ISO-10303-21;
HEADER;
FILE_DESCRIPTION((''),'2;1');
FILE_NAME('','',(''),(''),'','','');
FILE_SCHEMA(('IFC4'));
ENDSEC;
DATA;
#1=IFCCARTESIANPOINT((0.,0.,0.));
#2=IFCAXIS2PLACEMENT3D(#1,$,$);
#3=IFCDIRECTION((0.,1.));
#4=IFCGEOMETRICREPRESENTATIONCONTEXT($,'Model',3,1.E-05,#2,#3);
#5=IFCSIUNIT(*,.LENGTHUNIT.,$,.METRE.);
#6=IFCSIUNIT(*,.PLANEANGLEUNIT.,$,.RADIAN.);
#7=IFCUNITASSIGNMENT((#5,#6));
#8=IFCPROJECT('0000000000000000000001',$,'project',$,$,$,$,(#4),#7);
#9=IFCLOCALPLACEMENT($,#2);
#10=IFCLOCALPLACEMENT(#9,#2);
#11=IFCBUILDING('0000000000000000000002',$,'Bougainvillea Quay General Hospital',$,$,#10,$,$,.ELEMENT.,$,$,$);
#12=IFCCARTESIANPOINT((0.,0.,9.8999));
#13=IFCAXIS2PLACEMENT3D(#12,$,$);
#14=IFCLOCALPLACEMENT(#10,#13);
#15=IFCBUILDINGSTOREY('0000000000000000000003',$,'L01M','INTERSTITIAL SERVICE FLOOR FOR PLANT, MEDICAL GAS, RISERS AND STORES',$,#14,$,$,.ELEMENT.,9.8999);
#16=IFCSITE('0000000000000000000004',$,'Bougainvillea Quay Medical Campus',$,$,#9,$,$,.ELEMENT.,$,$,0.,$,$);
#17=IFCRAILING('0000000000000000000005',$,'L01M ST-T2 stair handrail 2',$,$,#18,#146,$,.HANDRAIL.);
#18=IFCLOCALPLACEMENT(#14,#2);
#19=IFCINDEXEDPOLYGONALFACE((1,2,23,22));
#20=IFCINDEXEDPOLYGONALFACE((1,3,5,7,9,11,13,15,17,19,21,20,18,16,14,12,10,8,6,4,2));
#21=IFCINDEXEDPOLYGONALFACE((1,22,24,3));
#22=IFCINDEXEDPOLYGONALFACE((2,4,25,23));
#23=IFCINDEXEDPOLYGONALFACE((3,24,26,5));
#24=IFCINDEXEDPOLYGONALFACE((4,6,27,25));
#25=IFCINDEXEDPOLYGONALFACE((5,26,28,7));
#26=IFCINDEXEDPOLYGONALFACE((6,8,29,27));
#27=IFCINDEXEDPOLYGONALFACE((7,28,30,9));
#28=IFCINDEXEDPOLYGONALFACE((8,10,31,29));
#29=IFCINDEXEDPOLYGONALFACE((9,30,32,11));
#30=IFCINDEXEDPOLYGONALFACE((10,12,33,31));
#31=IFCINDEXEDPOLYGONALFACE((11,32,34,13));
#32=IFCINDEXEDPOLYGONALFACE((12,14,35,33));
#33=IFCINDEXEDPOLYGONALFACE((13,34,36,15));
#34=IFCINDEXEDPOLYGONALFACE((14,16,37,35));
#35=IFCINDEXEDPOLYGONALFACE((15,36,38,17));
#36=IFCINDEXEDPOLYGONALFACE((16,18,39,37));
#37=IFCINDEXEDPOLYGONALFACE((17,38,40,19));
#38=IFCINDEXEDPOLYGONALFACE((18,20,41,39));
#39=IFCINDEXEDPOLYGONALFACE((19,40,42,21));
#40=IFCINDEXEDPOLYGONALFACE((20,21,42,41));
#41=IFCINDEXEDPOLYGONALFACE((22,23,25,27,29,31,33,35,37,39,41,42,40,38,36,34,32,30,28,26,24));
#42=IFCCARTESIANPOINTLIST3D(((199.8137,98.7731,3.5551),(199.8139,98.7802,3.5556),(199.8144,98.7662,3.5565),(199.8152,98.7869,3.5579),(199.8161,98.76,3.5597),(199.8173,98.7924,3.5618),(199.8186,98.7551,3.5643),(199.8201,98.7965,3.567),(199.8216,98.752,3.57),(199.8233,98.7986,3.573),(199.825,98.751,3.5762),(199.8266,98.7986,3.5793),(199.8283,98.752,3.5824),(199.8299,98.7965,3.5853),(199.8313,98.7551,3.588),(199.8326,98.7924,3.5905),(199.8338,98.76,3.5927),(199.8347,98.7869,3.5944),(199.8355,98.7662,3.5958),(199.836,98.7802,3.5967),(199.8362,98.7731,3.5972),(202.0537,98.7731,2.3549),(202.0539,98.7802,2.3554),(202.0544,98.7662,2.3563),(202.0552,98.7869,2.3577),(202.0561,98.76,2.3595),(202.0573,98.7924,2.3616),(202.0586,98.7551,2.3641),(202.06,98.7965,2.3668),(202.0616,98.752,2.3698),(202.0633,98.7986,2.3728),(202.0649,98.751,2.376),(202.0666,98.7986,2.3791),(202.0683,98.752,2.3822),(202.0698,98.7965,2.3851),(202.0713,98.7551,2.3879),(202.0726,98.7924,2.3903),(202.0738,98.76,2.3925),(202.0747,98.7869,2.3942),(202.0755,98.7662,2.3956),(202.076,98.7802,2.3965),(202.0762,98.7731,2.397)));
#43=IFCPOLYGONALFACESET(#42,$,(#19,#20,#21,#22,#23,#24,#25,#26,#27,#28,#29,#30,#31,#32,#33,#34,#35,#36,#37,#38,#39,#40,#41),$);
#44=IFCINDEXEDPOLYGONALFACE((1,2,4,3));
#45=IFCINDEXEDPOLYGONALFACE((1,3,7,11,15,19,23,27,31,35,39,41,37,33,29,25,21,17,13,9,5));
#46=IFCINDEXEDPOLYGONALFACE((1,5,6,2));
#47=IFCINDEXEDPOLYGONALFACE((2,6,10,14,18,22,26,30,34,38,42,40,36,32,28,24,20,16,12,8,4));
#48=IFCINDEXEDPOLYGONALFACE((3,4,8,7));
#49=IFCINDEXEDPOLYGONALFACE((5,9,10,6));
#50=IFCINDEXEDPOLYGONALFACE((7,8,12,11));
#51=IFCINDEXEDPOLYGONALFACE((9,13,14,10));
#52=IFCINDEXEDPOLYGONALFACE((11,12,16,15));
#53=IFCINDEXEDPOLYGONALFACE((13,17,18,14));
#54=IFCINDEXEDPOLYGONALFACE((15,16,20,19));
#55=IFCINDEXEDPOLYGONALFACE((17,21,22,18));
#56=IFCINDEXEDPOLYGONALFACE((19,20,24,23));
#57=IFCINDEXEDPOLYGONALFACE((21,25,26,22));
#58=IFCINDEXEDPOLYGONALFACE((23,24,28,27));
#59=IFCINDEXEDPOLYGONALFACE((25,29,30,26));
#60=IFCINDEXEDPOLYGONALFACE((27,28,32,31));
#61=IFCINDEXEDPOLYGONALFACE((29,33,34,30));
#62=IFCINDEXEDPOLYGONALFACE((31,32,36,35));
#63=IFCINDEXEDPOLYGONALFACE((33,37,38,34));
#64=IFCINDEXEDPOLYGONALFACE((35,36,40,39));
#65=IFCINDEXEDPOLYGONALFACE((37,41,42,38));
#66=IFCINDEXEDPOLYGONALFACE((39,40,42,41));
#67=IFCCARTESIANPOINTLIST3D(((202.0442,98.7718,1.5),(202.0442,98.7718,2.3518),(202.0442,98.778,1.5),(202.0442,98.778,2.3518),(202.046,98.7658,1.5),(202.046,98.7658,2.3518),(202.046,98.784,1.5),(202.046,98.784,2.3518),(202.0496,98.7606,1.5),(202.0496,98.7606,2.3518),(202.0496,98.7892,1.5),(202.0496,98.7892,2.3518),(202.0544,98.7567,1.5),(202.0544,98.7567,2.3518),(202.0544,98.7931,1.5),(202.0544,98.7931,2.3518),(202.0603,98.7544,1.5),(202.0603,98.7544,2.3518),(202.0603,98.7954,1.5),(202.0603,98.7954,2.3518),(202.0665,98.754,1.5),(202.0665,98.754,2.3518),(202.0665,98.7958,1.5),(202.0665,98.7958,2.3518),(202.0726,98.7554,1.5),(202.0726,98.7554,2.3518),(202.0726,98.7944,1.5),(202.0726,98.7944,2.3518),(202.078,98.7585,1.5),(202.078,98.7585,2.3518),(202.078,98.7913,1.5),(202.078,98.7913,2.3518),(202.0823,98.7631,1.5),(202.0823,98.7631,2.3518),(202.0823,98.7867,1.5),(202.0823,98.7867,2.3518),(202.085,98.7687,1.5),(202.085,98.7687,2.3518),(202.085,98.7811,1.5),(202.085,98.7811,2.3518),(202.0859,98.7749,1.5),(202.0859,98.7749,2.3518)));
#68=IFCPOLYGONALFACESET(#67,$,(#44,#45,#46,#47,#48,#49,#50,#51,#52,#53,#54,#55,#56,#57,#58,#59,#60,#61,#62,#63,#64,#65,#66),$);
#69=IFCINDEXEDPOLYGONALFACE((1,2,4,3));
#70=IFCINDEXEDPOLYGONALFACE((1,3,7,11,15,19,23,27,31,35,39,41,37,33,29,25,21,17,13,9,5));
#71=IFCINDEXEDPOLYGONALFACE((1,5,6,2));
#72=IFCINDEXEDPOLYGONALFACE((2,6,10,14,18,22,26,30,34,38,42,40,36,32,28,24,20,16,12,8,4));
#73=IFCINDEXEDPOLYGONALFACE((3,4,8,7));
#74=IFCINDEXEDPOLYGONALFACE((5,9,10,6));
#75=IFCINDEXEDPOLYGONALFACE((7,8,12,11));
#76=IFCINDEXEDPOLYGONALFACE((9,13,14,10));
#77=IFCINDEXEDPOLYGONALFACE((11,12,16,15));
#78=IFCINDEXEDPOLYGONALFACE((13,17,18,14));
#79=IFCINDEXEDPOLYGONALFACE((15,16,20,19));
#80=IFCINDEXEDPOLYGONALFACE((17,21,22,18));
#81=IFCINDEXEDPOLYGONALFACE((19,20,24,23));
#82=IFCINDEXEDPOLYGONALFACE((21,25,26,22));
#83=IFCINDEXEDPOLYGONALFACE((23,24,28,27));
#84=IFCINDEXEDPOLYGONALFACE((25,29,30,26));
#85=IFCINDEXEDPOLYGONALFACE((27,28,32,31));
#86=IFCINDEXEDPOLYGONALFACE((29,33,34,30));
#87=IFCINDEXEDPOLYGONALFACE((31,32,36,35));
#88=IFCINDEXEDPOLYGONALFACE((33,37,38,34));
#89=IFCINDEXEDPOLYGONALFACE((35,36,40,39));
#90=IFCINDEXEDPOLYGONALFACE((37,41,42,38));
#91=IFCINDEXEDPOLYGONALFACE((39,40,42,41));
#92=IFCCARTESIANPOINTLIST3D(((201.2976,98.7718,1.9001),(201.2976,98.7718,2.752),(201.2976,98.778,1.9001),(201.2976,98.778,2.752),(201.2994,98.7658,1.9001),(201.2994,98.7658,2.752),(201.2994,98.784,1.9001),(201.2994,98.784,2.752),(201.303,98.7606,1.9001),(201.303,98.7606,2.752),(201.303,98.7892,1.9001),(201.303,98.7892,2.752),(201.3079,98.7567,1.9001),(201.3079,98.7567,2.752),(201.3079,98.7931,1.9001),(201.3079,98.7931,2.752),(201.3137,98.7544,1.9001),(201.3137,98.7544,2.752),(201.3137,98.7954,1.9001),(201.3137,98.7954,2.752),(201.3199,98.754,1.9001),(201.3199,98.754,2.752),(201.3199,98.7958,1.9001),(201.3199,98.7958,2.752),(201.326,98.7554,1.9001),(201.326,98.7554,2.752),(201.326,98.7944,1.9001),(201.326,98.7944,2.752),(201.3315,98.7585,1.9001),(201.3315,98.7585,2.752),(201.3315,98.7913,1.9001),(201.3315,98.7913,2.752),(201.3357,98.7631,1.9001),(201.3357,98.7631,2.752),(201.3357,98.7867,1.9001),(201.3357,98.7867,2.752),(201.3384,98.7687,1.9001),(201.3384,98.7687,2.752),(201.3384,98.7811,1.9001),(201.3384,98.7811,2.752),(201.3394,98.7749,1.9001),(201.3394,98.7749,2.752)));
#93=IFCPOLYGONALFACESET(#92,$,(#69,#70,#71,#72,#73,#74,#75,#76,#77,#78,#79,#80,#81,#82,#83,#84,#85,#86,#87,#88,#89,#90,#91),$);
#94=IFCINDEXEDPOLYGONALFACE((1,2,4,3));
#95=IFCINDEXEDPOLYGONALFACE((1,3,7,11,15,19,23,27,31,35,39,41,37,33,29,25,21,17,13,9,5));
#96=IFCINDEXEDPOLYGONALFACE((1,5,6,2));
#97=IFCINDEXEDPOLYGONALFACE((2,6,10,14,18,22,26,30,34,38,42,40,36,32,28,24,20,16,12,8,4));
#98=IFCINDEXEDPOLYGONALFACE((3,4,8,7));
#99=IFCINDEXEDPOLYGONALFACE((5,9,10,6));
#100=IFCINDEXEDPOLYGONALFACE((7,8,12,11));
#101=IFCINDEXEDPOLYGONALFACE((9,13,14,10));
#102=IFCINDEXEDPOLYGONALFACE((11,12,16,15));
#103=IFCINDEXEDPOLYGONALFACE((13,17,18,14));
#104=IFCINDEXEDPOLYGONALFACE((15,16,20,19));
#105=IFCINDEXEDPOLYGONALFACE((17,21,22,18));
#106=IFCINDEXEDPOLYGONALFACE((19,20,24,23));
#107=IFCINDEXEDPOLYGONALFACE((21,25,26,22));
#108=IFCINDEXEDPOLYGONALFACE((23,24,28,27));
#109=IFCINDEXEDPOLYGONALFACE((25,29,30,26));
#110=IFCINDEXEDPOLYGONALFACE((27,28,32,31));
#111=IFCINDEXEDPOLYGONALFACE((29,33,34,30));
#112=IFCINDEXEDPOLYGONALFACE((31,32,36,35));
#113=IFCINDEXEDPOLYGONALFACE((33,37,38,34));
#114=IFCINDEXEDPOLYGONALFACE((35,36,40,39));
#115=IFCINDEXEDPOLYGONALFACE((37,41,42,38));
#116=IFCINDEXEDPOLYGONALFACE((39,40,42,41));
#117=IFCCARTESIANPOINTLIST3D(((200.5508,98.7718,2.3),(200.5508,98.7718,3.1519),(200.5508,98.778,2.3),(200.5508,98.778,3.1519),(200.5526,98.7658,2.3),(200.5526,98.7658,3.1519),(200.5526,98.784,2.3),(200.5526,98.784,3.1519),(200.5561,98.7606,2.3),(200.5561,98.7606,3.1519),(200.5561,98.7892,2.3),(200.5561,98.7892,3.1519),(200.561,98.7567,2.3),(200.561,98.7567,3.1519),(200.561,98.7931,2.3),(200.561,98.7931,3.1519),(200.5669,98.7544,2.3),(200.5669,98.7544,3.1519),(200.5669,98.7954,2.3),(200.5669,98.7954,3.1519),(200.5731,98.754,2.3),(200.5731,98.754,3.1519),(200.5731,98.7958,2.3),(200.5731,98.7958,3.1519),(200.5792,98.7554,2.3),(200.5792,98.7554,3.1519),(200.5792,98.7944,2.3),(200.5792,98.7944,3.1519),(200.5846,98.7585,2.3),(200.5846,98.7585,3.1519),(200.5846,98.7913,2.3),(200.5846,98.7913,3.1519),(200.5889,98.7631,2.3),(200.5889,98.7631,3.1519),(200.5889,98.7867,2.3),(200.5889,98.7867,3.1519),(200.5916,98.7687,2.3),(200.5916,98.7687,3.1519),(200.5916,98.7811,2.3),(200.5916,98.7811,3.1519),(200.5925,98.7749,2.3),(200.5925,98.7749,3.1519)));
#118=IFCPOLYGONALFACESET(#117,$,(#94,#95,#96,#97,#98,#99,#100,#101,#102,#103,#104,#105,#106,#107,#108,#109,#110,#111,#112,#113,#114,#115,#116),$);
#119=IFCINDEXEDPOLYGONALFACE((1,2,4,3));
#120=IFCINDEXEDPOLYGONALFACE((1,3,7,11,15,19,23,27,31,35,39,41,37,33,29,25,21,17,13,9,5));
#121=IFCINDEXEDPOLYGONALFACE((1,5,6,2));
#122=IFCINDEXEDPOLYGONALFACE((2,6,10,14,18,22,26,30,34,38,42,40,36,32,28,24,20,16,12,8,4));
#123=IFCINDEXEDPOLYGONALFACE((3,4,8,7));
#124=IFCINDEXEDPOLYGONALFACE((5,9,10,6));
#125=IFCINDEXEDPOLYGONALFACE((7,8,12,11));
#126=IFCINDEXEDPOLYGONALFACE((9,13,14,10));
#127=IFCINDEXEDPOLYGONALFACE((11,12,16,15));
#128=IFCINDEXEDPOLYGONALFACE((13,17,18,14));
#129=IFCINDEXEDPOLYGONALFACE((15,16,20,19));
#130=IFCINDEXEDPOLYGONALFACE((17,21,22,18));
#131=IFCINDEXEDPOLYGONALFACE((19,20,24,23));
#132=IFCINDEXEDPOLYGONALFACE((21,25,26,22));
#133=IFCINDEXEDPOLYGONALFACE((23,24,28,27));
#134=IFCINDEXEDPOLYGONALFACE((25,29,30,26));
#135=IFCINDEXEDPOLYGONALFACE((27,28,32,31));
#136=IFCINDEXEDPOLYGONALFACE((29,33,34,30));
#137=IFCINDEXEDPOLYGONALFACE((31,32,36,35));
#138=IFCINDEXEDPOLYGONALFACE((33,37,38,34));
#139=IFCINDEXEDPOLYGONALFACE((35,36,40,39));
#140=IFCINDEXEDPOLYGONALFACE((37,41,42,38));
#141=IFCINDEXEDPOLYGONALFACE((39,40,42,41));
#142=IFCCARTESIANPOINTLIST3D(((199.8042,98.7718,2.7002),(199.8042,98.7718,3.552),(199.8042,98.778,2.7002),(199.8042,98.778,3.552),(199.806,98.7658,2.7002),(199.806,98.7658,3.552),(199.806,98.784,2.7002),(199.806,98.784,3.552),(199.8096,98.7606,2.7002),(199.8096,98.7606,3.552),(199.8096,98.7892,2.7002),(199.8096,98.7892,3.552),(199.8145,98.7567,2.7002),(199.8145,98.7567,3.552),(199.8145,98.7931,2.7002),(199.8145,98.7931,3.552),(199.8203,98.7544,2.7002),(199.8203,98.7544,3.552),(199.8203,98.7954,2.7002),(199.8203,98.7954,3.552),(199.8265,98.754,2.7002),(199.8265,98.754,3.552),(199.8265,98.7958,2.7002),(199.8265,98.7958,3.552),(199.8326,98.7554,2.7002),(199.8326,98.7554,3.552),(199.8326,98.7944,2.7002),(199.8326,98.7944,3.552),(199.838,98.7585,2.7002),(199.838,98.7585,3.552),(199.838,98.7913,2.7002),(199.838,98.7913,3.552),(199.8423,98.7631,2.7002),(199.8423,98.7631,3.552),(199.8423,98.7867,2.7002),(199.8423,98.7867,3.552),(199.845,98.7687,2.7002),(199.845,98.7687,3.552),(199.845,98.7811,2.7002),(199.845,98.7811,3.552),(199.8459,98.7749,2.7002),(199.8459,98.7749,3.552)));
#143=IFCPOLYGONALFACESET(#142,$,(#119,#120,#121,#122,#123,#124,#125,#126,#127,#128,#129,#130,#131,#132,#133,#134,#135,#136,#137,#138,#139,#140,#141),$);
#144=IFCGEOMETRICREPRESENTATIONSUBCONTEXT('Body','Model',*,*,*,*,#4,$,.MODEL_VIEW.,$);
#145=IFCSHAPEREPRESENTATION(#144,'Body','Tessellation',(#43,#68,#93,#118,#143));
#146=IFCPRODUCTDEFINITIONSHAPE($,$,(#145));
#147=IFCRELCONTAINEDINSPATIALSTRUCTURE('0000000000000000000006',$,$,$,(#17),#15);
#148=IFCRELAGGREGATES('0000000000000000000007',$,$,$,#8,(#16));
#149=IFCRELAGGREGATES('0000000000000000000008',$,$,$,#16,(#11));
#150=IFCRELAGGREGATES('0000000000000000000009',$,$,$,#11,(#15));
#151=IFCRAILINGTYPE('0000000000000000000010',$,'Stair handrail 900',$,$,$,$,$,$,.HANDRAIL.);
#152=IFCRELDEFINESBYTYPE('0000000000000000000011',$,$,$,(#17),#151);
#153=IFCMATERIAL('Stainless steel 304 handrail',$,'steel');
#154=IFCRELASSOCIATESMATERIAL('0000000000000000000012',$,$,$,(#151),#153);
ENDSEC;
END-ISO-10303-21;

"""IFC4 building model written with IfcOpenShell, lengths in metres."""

from ifc_helpers import new_model, si_unit, direction, frame, origin, origin_2d, place, context, subcontext, project, spatial, circle, extrude, material, type_object, element, save


model = new_model("IFC4")

# Units and contexts
model_context = context("Model", 3, precision=1e-05, world=origin(), true_north=direction((0.0, 1.0)))
body_context = subcontext(model_context, "Body", "Model", "MODEL_VIEW")
ifc_project = project(units=[si_unit("LENGTHUNIT", "METRE"), si_unit("PLANEANGLEUNIT", "RADIAN")], contexts=[model_context])

# Site, building, storey
site_placement = place(None, origin())
site = spatial("IfcSite", under=ifc_project, at=site_placement, Name="Bougainvillea Quay Medical Campus", CompositionType="ELEMENT", RefElevation=0.0)
building_placement = place(site_placement, origin())
building = spatial("IfcBuilding", under=site, at=building_placement, Name="Bougainvillea Quay General Hospital", CompositionType="ELEMENT")
storey_placement = place(building_placement, frame((0.0, 0.0, 9.8999)))
storey = spatial("IfcBuildingStorey", under=building, at=storey_placement, Name="L01M", Description="INTERSTITIAL SERVICE FLOOR FOR PLANT, MEDICAL GAS, RISERS AND STORES", CompositionType="ELEMENT", Elevation=9.8999)

# Railing
ifc_material_1 = material(Name="Stainless steel 304 handrail", Category="steel")
railing_type_1 = type_object("IfcRailingType", Name="Stair handrail 900", PredefinedType="HANDRAIL", material=ifc_material_1)
railing_1_placement = place(storey_placement, frame((202.0649, 98.7749, 1.5)))
element("IfcRailing", 1, at=railing_1_placement, inside=storey, type_object=railing_type_1, Name="L01M ST-T2 stair handrail 2", PredefinedType="HANDRAIL", context=body_context, shape_type="SweptSolid", body=[
    extrude(circle(Radius=0.0239, at=origin_2d()), frame((0.0, 0.0, 0.876), z_axis=(-0.881447, 0.0, 0.472283), x_axis=(0.0, -1.0, 0.0)), (0.0, 0.0, 1.0), 2.5413),
    extrude(circle(Radius=0.021, at=origin_2d()), origin(), (0.0, 0.0, 1.0), 0.8518),
    extrude(circle(Radius=0.021, at=origin_2d()), frame((-0.7466, 0.0, 0.4001)), (0.0, 0.0, 1.0), 0.8518),
    extrude(circle(Radius=0.021, at=origin_2d()), frame((-1.4934, 0.0, 0.8)), (0.0, 0.0, 1.0), 0.8518),
    extrude(circle(Radius=0.021, at=origin_2d()), frame((-2.24, 0.0, 1.2002)), (0.0, 0.0, 1.0), 0.8518),
])

save(model, "model.ifc")
